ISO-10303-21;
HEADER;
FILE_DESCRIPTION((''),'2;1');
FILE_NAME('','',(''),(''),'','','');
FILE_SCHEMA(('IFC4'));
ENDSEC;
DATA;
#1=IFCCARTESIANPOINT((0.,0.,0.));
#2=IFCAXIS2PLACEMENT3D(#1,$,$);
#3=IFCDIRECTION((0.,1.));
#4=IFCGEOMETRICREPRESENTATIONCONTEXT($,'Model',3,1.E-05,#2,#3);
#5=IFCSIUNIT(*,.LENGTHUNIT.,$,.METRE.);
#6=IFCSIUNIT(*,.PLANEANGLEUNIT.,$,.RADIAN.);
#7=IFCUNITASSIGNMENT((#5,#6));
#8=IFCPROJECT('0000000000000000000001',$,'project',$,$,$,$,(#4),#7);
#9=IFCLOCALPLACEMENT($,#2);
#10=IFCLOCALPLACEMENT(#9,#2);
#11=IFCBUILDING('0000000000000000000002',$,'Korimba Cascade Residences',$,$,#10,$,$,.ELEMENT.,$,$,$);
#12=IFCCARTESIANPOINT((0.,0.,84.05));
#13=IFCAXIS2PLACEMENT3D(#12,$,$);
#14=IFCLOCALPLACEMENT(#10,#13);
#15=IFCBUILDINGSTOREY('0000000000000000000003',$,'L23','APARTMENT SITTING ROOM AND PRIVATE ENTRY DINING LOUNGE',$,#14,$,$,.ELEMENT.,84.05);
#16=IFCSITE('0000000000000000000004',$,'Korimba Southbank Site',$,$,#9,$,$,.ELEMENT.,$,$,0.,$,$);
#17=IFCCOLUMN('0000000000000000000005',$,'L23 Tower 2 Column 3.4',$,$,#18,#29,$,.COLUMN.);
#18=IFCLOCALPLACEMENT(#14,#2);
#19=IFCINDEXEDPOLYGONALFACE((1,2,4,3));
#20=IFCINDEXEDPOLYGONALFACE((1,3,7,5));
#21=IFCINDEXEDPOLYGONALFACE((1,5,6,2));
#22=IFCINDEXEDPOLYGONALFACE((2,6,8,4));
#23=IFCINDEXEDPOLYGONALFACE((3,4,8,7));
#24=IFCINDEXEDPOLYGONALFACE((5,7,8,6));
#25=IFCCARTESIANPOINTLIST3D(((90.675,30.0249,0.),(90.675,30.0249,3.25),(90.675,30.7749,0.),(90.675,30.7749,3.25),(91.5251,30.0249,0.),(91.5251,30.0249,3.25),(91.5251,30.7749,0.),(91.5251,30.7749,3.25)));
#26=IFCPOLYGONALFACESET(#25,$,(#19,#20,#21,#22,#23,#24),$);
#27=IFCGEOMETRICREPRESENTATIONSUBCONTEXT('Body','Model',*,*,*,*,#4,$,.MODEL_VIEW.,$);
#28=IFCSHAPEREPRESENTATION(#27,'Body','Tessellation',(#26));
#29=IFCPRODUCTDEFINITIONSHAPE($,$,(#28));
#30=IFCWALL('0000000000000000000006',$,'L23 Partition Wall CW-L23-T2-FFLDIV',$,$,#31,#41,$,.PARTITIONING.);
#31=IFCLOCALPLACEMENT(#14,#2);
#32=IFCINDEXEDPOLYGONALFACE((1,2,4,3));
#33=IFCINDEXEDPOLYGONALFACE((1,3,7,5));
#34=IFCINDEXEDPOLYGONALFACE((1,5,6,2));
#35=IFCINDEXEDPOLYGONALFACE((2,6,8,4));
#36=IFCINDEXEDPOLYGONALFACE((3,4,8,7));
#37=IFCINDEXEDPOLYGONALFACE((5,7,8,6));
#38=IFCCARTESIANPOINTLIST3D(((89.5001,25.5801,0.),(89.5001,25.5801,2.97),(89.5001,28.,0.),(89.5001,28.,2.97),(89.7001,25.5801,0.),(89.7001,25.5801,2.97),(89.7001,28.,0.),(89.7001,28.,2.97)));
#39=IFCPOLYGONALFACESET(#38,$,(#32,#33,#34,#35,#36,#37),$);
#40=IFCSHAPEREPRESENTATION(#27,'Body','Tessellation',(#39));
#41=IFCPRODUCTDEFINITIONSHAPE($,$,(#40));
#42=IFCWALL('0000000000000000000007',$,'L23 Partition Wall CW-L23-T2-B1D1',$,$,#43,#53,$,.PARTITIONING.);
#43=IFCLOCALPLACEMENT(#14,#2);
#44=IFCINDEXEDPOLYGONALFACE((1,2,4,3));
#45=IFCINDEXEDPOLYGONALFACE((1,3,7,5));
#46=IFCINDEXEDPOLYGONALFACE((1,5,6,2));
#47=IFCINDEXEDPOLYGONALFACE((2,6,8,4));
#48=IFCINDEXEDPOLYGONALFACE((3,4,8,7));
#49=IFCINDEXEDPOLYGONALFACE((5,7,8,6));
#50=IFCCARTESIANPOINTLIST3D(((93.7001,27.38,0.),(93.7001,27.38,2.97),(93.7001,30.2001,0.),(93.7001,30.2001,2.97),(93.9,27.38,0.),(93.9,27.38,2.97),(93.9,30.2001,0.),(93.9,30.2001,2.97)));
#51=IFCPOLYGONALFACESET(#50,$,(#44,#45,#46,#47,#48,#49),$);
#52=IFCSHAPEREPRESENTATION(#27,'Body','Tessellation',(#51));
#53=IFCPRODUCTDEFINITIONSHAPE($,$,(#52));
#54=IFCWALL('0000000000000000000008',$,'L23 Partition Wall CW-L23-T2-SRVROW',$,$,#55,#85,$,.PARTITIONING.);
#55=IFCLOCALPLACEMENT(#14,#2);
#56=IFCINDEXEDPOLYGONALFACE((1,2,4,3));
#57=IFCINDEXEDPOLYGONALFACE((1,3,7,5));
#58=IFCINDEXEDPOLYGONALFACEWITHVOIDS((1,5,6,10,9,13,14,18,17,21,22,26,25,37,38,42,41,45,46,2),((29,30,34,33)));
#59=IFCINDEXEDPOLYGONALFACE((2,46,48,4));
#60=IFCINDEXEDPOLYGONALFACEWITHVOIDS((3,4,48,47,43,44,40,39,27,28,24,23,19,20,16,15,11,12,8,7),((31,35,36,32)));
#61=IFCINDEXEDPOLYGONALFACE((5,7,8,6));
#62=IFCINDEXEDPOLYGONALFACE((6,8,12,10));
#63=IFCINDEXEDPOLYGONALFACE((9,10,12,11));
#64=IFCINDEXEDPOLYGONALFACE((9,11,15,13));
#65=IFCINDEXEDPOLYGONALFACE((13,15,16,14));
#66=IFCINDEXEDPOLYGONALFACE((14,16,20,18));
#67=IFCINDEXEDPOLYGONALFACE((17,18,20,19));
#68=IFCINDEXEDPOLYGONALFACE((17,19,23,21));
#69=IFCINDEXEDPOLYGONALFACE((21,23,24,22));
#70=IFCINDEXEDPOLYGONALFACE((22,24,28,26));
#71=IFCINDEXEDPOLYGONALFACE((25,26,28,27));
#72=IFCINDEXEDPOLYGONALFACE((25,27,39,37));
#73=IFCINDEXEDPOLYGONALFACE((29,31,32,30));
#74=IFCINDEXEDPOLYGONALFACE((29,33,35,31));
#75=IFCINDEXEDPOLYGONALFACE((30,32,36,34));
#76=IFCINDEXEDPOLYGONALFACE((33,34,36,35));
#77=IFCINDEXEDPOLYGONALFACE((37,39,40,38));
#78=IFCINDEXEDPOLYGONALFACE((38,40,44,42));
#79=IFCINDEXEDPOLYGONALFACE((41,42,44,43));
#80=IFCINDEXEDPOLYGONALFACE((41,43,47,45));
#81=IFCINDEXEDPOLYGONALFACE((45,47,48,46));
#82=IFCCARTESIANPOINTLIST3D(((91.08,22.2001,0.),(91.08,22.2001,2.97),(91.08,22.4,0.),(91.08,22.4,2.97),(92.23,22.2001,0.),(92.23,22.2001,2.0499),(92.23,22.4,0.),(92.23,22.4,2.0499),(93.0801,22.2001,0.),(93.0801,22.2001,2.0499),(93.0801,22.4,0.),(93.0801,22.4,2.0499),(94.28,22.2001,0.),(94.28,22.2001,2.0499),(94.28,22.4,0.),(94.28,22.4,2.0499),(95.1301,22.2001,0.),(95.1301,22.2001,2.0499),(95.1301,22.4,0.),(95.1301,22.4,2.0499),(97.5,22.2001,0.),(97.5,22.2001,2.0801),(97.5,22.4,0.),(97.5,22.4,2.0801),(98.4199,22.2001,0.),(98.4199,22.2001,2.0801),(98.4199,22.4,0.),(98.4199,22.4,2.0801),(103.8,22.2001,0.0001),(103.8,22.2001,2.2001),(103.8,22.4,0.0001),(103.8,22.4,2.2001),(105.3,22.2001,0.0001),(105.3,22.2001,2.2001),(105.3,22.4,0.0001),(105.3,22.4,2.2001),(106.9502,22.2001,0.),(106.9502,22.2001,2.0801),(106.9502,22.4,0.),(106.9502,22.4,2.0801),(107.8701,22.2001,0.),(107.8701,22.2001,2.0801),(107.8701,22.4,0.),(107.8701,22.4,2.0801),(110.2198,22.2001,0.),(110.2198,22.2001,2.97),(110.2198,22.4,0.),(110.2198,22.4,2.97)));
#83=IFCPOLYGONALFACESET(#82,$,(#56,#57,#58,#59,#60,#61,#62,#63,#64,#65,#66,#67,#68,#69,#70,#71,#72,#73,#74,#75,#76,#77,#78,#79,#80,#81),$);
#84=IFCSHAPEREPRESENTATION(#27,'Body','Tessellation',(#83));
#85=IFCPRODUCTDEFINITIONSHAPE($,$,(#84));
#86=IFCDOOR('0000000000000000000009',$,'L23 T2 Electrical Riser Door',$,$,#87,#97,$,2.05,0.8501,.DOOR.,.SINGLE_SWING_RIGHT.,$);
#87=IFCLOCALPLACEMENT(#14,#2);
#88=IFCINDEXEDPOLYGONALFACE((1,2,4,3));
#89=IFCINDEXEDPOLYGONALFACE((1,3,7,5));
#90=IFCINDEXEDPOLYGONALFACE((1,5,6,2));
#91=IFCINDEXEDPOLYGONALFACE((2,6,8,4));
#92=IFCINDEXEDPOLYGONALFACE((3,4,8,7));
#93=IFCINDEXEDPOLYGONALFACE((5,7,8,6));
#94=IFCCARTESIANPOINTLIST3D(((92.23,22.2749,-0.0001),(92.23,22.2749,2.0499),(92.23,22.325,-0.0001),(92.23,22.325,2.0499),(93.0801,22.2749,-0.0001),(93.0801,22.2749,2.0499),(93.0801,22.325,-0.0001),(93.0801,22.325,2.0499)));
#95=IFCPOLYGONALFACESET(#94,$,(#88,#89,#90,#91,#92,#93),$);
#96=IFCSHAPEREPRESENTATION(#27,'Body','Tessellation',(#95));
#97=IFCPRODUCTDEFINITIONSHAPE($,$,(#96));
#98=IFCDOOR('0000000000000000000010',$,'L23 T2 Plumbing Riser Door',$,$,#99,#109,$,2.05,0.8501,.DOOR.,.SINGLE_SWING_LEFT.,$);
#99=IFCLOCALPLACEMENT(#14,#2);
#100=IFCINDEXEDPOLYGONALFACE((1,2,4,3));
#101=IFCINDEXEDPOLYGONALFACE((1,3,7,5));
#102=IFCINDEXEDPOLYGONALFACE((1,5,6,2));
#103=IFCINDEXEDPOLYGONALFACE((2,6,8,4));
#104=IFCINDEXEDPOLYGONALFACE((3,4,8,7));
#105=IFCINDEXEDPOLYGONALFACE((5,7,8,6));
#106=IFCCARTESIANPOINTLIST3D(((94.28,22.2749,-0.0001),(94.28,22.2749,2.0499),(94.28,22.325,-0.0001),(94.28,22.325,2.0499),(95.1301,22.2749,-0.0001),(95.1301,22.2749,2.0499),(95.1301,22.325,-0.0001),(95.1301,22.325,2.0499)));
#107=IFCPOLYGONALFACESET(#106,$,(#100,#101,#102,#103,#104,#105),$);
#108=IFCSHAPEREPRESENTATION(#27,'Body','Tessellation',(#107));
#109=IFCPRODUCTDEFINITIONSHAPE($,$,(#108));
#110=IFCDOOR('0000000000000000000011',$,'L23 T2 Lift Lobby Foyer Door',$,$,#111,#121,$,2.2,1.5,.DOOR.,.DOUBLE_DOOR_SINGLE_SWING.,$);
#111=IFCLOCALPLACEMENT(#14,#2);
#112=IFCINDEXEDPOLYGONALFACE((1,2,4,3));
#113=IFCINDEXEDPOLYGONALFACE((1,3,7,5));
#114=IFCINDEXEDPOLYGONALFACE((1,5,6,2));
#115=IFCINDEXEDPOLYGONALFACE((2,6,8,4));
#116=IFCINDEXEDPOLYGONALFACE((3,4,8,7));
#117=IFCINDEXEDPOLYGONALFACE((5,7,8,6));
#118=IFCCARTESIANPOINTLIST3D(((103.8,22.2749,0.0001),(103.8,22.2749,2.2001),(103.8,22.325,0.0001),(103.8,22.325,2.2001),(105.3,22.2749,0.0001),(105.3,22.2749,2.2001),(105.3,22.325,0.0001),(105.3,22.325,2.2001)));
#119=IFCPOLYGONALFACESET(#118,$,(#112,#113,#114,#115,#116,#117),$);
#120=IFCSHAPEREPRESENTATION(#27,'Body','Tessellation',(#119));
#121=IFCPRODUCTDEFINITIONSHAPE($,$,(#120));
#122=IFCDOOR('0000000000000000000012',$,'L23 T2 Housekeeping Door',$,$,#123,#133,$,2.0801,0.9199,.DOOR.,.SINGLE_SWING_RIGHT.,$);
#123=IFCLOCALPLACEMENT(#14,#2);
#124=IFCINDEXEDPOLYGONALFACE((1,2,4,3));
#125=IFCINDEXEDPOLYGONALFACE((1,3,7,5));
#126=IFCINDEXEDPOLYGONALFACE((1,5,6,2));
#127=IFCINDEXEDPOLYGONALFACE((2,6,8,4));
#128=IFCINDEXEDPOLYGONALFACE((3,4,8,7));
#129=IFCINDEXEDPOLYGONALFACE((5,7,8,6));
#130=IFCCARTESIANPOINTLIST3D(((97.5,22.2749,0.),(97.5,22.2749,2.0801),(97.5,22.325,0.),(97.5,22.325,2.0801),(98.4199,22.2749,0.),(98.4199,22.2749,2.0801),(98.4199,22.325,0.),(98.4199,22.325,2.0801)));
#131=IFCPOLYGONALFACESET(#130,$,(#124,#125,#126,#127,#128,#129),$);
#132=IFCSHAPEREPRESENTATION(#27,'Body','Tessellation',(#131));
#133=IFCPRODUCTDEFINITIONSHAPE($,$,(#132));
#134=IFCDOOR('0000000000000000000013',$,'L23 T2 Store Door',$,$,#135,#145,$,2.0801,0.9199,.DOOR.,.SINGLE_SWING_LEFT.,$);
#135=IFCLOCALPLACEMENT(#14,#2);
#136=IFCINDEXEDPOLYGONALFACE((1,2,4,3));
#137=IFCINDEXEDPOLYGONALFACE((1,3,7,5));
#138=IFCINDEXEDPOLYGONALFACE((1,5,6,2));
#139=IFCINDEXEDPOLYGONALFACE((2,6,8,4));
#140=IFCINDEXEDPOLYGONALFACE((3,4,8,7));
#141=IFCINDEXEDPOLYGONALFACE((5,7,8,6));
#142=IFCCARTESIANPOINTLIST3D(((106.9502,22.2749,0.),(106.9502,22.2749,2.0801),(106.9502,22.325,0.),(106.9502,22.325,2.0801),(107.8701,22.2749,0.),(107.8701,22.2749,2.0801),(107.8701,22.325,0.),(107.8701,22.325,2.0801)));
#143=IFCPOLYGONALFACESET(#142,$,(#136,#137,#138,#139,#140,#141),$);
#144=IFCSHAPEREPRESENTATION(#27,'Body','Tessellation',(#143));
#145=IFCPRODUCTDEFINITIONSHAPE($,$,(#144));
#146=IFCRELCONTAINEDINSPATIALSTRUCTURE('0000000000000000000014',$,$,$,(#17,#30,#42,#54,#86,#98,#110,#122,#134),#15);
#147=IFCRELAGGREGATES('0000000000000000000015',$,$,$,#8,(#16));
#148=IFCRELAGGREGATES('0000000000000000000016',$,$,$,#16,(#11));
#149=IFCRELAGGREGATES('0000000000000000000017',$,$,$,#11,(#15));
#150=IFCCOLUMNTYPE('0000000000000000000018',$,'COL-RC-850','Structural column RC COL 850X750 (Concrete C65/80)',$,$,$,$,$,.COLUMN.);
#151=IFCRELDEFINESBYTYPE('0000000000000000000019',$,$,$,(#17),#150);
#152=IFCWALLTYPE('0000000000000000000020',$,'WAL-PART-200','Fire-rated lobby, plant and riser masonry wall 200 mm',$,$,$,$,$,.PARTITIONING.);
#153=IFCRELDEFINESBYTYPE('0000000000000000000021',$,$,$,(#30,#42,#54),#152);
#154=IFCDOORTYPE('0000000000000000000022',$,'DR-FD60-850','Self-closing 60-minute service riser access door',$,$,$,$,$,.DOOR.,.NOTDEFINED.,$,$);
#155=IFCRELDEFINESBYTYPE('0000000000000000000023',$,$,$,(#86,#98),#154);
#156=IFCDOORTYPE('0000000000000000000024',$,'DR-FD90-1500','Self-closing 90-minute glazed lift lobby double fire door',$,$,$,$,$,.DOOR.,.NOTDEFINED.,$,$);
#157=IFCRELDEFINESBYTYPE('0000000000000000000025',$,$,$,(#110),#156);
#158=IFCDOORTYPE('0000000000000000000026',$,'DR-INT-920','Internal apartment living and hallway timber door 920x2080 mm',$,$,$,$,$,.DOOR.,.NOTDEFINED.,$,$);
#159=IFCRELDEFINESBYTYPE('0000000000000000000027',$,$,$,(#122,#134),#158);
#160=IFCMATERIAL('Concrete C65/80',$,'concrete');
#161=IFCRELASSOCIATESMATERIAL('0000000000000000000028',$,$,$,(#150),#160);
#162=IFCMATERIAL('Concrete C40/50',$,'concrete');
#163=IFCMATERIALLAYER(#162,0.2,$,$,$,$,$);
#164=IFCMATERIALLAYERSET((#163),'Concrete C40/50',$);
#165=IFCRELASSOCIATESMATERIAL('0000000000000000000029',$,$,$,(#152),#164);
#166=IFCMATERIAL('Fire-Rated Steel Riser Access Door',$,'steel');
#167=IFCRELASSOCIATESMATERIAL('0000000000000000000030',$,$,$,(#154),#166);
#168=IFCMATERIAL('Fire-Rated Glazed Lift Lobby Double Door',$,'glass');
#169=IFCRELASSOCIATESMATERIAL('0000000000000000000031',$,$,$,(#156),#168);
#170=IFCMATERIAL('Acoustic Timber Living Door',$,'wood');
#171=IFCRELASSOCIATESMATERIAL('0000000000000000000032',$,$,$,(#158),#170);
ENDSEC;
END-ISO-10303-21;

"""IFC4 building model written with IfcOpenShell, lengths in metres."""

from ifc_helpers import new_model, si_unit, direction, frame, frame_2d, origin, origin_2d, place, context, subcontext, project, spatial, rectangle, extrude, material, layer, layer_set, material_profile, profile_set, type_object, element, fill, save


model = new_model("IFC4")

# Units and contexts
model_context = context("Model", 3, precision=1e-05, world=origin(), true_north=direction((0.0, 1.0)))
body_context = subcontext(model_context, "Body", "Model", "MODEL_VIEW")
ifc_project = project(units=[si_unit("LENGTHUNIT", "METRE"), si_unit("PLANEANGLEUNIT", "RADIAN")], contexts=[model_context])

# Site, building, storey
site_placement = place(None, origin())
site = spatial("IfcSite", under=ifc_project, at=site_placement, Name="Korimba Southbank Site", CompositionType="ELEMENT", RefElevation=0.0)
building_placement = place(site_placement, origin())
building = spatial("IfcBuilding", under=site, at=building_placement, Name="Korimba Cascade Residences", CompositionType="ELEMENT")
storey_placement = place(building_placement, frame((0.0, 0.0, 84.05)))
storey = spatial("IfcBuildingStorey", under=building, at=storey_placement, Name="L23", Description="APARTMENT SITTING ROOM AND PRIVATE ENTRY DINING LOUNGE", CompositionType="ELEMENT", Elevation=84.05)

# Column
ifc_material_1 = material(Name="Concrete C65/80", Category="concrete")
ifc_material_profile = material_profile(ifc_material_1, rectangle(XDim=0.8501, YDim=0.75, at=origin_2d()), Name="Concrete C65/80")
ifc_profile_set = profile_set([ifc_material_profile], Name="Concrete C65/80")
column_type = type_object("IfcColumnType", Name="COL-RC-850", Description="Structural column RC COL 850X750 (Concrete C65/80)", PredefinedType="COLUMN", material=ifc_profile_set)
column_placement = place(storey_placement, frame((91.1001, 30.3999, 0.0), z_axis=(0.0, 0.0, 1.0), x_axis=(1.0, 0.0, 0.0)))
element("IfcColumn", 1, at=column_placement, inside=storey, type_object=column_type, Name="L23 Tower 2 Column 3.4", PredefinedType="COLUMN", context=body_context, shape_type="SweptSolid", body=[
    extrude(rectangle(XDim=0.8501, YDim=0.75, at=origin_2d()), origin(), (0.0, 0.0, 1.0), 3.25),
])

# Walls
ifc_material_2 = material(Name="Concrete C40/50", Category="concrete")
ifc_layer_1 = layer(ifc_material_2, 0.2)
ifc_layer_set_1 = layer_set([ifc_layer_1], Name="Concrete C40/50")
wall_type_1 = type_object("IfcWallType", Name="WAL-PART-200", Description="Fire-rated lobby, plant and riser masonry wall 200 mm", PredefinedType="PARTITIONING", material=ifc_layer_set_1)
wall_1_placement = place(storey_placement, frame((89.6001, 25.5801, 0.0), z_axis=(0.0, 0.0, 1.0), x_axis=(0.0, 1.0, 0.0)))
element("IfcWall", 2, at=wall_1_placement, inside=storey, type_object=wall_type_1, Name="L23 Partition Wall CW-L23-T2-FFLDIV", PredefinedType="PARTITIONING", context=body_context, shape_type="SweptSolid", body=[
    extrude(rectangle(XDim=2.4199, YDim=0.2, at=frame_2d((1.21, 0.0))), origin(), (0.0, 0.0, 1.0), 2.97),
])
wall_2_placement = place(storey_placement, frame((93.8, 27.3799, 0.0), z_axis=(0.0, 0.0, 1.0), x_axis=(0.0, 1.0, 0.0)))
element("IfcWall", 3, at=wall_2_placement, inside=storey, type_object=wall_type_1, Name="L23 Partition Wall CW-L23-T2-B1D1", PredefinedType="PARTITIONING", context=body_context, shape_type="SweptSolid", body=[
    extrude(rectangle(XDim=2.8201, YDim=0.2, at=frame_2d((1.4102, 0.0))), origin(), (0.0, 0.0, 1.0), 2.97),
])

# Wall, openings, doors
wall_3_placement = place(storey_placement, frame((91.0801, 22.3, 0.0), z_axis=(0.0, 0.0, 1.0), x_axis=(1.0, 0.0, 0.0)))
wall_3 = element("IfcWall", 4, at=wall_3_placement, inside=storey, type_object=wall_type_1, Name="L23 Partition Wall CW-L23-T2-SRVROW", PredefinedType="PARTITIONING", context=body_context, shape_type="SweptSolid", body=[
    extrude(rectangle(XDim=19.1399, YDim=0.2, at=frame_2d((9.5698, 0.0))), origin(), (0.0, 0.0, 1.0), 2.97),
])
opening_1_placement = place(wall_3_placement, frame((1.1499, 0.0, 0.0)))
opening_1 = element("IfcOpeningElement", 5, at=opening_1_placement, cuts=wall_3, PredefinedType="OPENING", context=body_context, shape_type="SweptSolid", body=[
    extrude(rectangle(XDim=0.8501, YDim=2.05, at=frame_2d((0.425, 1.0249))), frame((0.0, 0.1099, 0.0), z_axis=(0.0, -1.0, 0.0), x_axis=(1.0, 0.0, 0.0)), (0.0, 0.0, 1.0), 0.22),
])
opening_2_placement = place(wall_3_placement, frame((3.2, 0.0, 0.0)))
opening_2 = element("IfcOpeningElement", 6, at=opening_2_placement, cuts=wall_3, PredefinedType="OPENING", context=body_context, shape_type="SweptSolid", body=[
    extrude(rectangle(XDim=0.8501, YDim=2.05, at=frame_2d((0.425, 1.0249))), frame((0.0, 0.1099, 0.0), z_axis=(0.0, -1.0, 0.0), x_axis=(1.0, 0.0, 0.0)), (0.0, 0.0, 1.0), 0.22),
])
opening_3_placement = place(wall_3_placement, frame((12.72, 0.0, 0.0)))
opening_3 = element("IfcOpeningElement", 7, at=opening_3_placement, cuts=wall_3, PredefinedType="OPENING", context=body_context, shape_type="SweptSolid", body=[
    extrude(rectangle(XDim=1.5, YDim=2.2, at=frame_2d((0.75, 1.1001))), frame((0.0, 0.1099, 0.0), z_axis=(0.0, -1.0, 0.0), x_axis=(1.0, 0.0, 0.0)), (0.0, 0.0, 1.0), 0.22),
])
opening_4_placement = place(wall_3_placement, frame((6.4199, 0.0, 0.0)))
opening_4 = element("IfcOpeningElement", 8, at=opening_4_placement, cuts=wall_3, PredefinedType="OPENING", context=body_context, shape_type="SweptSolid", body=[
    extrude(rectangle(XDim=0.9199, YDim=2.0801, at=frame_2d((0.46, 1.04))), frame((0.0, 0.1099, 0.0), z_axis=(0.0, -1.0, 0.0), x_axis=(1.0, 0.0, 0.0)), (0.0, 0.0, 1.0), 0.22),
])
opening_5_placement = place(wall_3_placement, frame((15.8701, 0.0, 0.0)))
opening_5 = element("IfcOpeningElement", 9, at=opening_5_placement, cuts=wall_3, PredefinedType="OPENING", context=body_context, shape_type="SweptSolid", body=[
    extrude(rectangle(XDim=0.9199, YDim=2.0801, at=frame_2d((0.46, 1.04))), frame((0.0, 0.1099, 0.0), z_axis=(0.0, -1.0, 0.0), x_axis=(1.0, 0.0, 0.0)), (0.0, 0.0, 1.0), 0.22),
])
ifc_material_3 = material(Name="Fire-Rated Steel Riser Access Door", Category="steel")
door_type_1 = type_object("IfcDoorType", Name="DR-FD60-850", Description="Self-closing 60-minute service riser access door", OperationType="NOTDEFINED", PredefinedType="DOOR", material=ifc_material_3)
door_1_placement = place(opening_1_placement, origin())
door_1 = element("IfcDoor", 10, at=door_1_placement, inside=storey, type_object=door_type_1, Name="L23 T2 Electrical Riser Door", OperationType="SINGLE_SWING_RIGHT", OverallHeight=2.05, OverallWidth=0.8501, PredefinedType="DOOR", context=body_context, shape_type="SweptSolid", body=[
    extrude(rectangle(XDim=0.8501, YDim=2.05, at=frame_2d((0.425, 1.0249))), frame((0.0, 0.0249, 0.0), z_axis=(0.0, -1.0, 0.0), x_axis=(1.0, 0.0, 0.0)), (0.0, 0.0, 1.0), 0.05),
])
fill(opening_1, door_1)
door_2_placement = place(opening_2_placement, origin())
door_2 = element("IfcDoor", 11, at=door_2_placement, inside=storey, type_object=door_type_1, Name="L23 T2 Plumbing Riser Door", OperationType="SINGLE_SWING_LEFT", OverallHeight=2.05, OverallWidth=0.8501, PredefinedType="DOOR", context=body_context, shape_type="SweptSolid", body=[
    extrude(rectangle(XDim=0.8501, YDim=2.05, at=frame_2d((0.425, 1.0249))), frame((0.0, 0.0249, 0.0), z_axis=(0.0, -1.0, 0.0), x_axis=(1.0, 0.0, 0.0)), (0.0, 0.0, 1.0), 0.05),
])
fill(opening_2, door_2)
ifc_material_4 = material(Name="Fire-Rated Glazed Lift Lobby Double Door", Category="glass")
door_type_2 = type_object("IfcDoorType", Name="DR-FD90-1500", Description="Self-closing 90-minute glazed lift lobby double fire door", OperationType="NOTDEFINED", PredefinedType="DOOR", material=ifc_material_4)
door_3_placement = place(opening_3_placement, origin())
door_3 = element("IfcDoor", 12, at=door_3_placement, inside=storey, type_object=door_type_2, Name="L23 T2 Lift Lobby Foyer Door", OperationType="DOUBLE_DOOR_SINGLE_SWING", OverallHeight=2.2, OverallWidth=1.5, PredefinedType="DOOR", context=body_context, shape_type="SweptSolid", body=[
    extrude(rectangle(XDim=1.5, YDim=2.2, at=frame_2d((0.75, 1.1001))), frame((0.0, 0.0249, 0.0), z_axis=(0.0, -1.0, 0.0), x_axis=(1.0, 0.0, 0.0)), (0.0, 0.0, 1.0), 0.05),
])
fill(opening_3, door_3)
ifc_material_5 = material(Name="Acoustic Timber Living Door", Category="wood")
door_type_3 = type_object("IfcDoorType", Name="DR-INT-920", Description="Internal apartment living and hallway timber door 920x2080 mm", OperationType="NOTDEFINED", PredefinedType="DOOR", material=ifc_material_5)
door_4_placement = place(opening_4_placement, origin())
door_4 = element("IfcDoor", 13, at=door_4_placement, inside=storey, type_object=door_type_3, Name="L23 T2 Housekeeping Door", OperationType="SINGLE_SWING_RIGHT", OverallHeight=2.0801, OverallWidth=0.9199, PredefinedType="DOOR", context=body_context, shape_type="SweptSolid", body=[
    extrude(rectangle(XDim=0.9199, YDim=2.0801, at=frame_2d((0.46, 1.04))), frame((0.0, 0.0249, 0.0), z_axis=(0.0, -1.0, 0.0), x_axis=(1.0, 0.0, 0.0)), (0.0, 0.0, 1.0), 0.05),
])
fill(opening_4, door_4)
door_5_placement = place(opening_5_placement, origin())
door_5 = element("IfcDoor", 14, at=door_5_placement, inside=storey, type_object=door_type_3, Name="L23 T2 Store Door", OperationType="SINGLE_SWING_LEFT", OverallHeight=2.0801, OverallWidth=0.9199, PredefinedType="DOOR", context=body_context, shape_type="SweptSolid", body=[
    extrude(rectangle(XDim=0.9199, YDim=2.0801, at=frame_2d((0.46, 1.04))), frame((0.0, 0.0249, 0.0), z_axis=(0.0, -1.0, 0.0), x_axis=(1.0, 0.0, 0.0)), (0.0, 0.0, 1.0), 0.05),
])
fill(opening_5, door_5)

save(model, "model.ifc")
